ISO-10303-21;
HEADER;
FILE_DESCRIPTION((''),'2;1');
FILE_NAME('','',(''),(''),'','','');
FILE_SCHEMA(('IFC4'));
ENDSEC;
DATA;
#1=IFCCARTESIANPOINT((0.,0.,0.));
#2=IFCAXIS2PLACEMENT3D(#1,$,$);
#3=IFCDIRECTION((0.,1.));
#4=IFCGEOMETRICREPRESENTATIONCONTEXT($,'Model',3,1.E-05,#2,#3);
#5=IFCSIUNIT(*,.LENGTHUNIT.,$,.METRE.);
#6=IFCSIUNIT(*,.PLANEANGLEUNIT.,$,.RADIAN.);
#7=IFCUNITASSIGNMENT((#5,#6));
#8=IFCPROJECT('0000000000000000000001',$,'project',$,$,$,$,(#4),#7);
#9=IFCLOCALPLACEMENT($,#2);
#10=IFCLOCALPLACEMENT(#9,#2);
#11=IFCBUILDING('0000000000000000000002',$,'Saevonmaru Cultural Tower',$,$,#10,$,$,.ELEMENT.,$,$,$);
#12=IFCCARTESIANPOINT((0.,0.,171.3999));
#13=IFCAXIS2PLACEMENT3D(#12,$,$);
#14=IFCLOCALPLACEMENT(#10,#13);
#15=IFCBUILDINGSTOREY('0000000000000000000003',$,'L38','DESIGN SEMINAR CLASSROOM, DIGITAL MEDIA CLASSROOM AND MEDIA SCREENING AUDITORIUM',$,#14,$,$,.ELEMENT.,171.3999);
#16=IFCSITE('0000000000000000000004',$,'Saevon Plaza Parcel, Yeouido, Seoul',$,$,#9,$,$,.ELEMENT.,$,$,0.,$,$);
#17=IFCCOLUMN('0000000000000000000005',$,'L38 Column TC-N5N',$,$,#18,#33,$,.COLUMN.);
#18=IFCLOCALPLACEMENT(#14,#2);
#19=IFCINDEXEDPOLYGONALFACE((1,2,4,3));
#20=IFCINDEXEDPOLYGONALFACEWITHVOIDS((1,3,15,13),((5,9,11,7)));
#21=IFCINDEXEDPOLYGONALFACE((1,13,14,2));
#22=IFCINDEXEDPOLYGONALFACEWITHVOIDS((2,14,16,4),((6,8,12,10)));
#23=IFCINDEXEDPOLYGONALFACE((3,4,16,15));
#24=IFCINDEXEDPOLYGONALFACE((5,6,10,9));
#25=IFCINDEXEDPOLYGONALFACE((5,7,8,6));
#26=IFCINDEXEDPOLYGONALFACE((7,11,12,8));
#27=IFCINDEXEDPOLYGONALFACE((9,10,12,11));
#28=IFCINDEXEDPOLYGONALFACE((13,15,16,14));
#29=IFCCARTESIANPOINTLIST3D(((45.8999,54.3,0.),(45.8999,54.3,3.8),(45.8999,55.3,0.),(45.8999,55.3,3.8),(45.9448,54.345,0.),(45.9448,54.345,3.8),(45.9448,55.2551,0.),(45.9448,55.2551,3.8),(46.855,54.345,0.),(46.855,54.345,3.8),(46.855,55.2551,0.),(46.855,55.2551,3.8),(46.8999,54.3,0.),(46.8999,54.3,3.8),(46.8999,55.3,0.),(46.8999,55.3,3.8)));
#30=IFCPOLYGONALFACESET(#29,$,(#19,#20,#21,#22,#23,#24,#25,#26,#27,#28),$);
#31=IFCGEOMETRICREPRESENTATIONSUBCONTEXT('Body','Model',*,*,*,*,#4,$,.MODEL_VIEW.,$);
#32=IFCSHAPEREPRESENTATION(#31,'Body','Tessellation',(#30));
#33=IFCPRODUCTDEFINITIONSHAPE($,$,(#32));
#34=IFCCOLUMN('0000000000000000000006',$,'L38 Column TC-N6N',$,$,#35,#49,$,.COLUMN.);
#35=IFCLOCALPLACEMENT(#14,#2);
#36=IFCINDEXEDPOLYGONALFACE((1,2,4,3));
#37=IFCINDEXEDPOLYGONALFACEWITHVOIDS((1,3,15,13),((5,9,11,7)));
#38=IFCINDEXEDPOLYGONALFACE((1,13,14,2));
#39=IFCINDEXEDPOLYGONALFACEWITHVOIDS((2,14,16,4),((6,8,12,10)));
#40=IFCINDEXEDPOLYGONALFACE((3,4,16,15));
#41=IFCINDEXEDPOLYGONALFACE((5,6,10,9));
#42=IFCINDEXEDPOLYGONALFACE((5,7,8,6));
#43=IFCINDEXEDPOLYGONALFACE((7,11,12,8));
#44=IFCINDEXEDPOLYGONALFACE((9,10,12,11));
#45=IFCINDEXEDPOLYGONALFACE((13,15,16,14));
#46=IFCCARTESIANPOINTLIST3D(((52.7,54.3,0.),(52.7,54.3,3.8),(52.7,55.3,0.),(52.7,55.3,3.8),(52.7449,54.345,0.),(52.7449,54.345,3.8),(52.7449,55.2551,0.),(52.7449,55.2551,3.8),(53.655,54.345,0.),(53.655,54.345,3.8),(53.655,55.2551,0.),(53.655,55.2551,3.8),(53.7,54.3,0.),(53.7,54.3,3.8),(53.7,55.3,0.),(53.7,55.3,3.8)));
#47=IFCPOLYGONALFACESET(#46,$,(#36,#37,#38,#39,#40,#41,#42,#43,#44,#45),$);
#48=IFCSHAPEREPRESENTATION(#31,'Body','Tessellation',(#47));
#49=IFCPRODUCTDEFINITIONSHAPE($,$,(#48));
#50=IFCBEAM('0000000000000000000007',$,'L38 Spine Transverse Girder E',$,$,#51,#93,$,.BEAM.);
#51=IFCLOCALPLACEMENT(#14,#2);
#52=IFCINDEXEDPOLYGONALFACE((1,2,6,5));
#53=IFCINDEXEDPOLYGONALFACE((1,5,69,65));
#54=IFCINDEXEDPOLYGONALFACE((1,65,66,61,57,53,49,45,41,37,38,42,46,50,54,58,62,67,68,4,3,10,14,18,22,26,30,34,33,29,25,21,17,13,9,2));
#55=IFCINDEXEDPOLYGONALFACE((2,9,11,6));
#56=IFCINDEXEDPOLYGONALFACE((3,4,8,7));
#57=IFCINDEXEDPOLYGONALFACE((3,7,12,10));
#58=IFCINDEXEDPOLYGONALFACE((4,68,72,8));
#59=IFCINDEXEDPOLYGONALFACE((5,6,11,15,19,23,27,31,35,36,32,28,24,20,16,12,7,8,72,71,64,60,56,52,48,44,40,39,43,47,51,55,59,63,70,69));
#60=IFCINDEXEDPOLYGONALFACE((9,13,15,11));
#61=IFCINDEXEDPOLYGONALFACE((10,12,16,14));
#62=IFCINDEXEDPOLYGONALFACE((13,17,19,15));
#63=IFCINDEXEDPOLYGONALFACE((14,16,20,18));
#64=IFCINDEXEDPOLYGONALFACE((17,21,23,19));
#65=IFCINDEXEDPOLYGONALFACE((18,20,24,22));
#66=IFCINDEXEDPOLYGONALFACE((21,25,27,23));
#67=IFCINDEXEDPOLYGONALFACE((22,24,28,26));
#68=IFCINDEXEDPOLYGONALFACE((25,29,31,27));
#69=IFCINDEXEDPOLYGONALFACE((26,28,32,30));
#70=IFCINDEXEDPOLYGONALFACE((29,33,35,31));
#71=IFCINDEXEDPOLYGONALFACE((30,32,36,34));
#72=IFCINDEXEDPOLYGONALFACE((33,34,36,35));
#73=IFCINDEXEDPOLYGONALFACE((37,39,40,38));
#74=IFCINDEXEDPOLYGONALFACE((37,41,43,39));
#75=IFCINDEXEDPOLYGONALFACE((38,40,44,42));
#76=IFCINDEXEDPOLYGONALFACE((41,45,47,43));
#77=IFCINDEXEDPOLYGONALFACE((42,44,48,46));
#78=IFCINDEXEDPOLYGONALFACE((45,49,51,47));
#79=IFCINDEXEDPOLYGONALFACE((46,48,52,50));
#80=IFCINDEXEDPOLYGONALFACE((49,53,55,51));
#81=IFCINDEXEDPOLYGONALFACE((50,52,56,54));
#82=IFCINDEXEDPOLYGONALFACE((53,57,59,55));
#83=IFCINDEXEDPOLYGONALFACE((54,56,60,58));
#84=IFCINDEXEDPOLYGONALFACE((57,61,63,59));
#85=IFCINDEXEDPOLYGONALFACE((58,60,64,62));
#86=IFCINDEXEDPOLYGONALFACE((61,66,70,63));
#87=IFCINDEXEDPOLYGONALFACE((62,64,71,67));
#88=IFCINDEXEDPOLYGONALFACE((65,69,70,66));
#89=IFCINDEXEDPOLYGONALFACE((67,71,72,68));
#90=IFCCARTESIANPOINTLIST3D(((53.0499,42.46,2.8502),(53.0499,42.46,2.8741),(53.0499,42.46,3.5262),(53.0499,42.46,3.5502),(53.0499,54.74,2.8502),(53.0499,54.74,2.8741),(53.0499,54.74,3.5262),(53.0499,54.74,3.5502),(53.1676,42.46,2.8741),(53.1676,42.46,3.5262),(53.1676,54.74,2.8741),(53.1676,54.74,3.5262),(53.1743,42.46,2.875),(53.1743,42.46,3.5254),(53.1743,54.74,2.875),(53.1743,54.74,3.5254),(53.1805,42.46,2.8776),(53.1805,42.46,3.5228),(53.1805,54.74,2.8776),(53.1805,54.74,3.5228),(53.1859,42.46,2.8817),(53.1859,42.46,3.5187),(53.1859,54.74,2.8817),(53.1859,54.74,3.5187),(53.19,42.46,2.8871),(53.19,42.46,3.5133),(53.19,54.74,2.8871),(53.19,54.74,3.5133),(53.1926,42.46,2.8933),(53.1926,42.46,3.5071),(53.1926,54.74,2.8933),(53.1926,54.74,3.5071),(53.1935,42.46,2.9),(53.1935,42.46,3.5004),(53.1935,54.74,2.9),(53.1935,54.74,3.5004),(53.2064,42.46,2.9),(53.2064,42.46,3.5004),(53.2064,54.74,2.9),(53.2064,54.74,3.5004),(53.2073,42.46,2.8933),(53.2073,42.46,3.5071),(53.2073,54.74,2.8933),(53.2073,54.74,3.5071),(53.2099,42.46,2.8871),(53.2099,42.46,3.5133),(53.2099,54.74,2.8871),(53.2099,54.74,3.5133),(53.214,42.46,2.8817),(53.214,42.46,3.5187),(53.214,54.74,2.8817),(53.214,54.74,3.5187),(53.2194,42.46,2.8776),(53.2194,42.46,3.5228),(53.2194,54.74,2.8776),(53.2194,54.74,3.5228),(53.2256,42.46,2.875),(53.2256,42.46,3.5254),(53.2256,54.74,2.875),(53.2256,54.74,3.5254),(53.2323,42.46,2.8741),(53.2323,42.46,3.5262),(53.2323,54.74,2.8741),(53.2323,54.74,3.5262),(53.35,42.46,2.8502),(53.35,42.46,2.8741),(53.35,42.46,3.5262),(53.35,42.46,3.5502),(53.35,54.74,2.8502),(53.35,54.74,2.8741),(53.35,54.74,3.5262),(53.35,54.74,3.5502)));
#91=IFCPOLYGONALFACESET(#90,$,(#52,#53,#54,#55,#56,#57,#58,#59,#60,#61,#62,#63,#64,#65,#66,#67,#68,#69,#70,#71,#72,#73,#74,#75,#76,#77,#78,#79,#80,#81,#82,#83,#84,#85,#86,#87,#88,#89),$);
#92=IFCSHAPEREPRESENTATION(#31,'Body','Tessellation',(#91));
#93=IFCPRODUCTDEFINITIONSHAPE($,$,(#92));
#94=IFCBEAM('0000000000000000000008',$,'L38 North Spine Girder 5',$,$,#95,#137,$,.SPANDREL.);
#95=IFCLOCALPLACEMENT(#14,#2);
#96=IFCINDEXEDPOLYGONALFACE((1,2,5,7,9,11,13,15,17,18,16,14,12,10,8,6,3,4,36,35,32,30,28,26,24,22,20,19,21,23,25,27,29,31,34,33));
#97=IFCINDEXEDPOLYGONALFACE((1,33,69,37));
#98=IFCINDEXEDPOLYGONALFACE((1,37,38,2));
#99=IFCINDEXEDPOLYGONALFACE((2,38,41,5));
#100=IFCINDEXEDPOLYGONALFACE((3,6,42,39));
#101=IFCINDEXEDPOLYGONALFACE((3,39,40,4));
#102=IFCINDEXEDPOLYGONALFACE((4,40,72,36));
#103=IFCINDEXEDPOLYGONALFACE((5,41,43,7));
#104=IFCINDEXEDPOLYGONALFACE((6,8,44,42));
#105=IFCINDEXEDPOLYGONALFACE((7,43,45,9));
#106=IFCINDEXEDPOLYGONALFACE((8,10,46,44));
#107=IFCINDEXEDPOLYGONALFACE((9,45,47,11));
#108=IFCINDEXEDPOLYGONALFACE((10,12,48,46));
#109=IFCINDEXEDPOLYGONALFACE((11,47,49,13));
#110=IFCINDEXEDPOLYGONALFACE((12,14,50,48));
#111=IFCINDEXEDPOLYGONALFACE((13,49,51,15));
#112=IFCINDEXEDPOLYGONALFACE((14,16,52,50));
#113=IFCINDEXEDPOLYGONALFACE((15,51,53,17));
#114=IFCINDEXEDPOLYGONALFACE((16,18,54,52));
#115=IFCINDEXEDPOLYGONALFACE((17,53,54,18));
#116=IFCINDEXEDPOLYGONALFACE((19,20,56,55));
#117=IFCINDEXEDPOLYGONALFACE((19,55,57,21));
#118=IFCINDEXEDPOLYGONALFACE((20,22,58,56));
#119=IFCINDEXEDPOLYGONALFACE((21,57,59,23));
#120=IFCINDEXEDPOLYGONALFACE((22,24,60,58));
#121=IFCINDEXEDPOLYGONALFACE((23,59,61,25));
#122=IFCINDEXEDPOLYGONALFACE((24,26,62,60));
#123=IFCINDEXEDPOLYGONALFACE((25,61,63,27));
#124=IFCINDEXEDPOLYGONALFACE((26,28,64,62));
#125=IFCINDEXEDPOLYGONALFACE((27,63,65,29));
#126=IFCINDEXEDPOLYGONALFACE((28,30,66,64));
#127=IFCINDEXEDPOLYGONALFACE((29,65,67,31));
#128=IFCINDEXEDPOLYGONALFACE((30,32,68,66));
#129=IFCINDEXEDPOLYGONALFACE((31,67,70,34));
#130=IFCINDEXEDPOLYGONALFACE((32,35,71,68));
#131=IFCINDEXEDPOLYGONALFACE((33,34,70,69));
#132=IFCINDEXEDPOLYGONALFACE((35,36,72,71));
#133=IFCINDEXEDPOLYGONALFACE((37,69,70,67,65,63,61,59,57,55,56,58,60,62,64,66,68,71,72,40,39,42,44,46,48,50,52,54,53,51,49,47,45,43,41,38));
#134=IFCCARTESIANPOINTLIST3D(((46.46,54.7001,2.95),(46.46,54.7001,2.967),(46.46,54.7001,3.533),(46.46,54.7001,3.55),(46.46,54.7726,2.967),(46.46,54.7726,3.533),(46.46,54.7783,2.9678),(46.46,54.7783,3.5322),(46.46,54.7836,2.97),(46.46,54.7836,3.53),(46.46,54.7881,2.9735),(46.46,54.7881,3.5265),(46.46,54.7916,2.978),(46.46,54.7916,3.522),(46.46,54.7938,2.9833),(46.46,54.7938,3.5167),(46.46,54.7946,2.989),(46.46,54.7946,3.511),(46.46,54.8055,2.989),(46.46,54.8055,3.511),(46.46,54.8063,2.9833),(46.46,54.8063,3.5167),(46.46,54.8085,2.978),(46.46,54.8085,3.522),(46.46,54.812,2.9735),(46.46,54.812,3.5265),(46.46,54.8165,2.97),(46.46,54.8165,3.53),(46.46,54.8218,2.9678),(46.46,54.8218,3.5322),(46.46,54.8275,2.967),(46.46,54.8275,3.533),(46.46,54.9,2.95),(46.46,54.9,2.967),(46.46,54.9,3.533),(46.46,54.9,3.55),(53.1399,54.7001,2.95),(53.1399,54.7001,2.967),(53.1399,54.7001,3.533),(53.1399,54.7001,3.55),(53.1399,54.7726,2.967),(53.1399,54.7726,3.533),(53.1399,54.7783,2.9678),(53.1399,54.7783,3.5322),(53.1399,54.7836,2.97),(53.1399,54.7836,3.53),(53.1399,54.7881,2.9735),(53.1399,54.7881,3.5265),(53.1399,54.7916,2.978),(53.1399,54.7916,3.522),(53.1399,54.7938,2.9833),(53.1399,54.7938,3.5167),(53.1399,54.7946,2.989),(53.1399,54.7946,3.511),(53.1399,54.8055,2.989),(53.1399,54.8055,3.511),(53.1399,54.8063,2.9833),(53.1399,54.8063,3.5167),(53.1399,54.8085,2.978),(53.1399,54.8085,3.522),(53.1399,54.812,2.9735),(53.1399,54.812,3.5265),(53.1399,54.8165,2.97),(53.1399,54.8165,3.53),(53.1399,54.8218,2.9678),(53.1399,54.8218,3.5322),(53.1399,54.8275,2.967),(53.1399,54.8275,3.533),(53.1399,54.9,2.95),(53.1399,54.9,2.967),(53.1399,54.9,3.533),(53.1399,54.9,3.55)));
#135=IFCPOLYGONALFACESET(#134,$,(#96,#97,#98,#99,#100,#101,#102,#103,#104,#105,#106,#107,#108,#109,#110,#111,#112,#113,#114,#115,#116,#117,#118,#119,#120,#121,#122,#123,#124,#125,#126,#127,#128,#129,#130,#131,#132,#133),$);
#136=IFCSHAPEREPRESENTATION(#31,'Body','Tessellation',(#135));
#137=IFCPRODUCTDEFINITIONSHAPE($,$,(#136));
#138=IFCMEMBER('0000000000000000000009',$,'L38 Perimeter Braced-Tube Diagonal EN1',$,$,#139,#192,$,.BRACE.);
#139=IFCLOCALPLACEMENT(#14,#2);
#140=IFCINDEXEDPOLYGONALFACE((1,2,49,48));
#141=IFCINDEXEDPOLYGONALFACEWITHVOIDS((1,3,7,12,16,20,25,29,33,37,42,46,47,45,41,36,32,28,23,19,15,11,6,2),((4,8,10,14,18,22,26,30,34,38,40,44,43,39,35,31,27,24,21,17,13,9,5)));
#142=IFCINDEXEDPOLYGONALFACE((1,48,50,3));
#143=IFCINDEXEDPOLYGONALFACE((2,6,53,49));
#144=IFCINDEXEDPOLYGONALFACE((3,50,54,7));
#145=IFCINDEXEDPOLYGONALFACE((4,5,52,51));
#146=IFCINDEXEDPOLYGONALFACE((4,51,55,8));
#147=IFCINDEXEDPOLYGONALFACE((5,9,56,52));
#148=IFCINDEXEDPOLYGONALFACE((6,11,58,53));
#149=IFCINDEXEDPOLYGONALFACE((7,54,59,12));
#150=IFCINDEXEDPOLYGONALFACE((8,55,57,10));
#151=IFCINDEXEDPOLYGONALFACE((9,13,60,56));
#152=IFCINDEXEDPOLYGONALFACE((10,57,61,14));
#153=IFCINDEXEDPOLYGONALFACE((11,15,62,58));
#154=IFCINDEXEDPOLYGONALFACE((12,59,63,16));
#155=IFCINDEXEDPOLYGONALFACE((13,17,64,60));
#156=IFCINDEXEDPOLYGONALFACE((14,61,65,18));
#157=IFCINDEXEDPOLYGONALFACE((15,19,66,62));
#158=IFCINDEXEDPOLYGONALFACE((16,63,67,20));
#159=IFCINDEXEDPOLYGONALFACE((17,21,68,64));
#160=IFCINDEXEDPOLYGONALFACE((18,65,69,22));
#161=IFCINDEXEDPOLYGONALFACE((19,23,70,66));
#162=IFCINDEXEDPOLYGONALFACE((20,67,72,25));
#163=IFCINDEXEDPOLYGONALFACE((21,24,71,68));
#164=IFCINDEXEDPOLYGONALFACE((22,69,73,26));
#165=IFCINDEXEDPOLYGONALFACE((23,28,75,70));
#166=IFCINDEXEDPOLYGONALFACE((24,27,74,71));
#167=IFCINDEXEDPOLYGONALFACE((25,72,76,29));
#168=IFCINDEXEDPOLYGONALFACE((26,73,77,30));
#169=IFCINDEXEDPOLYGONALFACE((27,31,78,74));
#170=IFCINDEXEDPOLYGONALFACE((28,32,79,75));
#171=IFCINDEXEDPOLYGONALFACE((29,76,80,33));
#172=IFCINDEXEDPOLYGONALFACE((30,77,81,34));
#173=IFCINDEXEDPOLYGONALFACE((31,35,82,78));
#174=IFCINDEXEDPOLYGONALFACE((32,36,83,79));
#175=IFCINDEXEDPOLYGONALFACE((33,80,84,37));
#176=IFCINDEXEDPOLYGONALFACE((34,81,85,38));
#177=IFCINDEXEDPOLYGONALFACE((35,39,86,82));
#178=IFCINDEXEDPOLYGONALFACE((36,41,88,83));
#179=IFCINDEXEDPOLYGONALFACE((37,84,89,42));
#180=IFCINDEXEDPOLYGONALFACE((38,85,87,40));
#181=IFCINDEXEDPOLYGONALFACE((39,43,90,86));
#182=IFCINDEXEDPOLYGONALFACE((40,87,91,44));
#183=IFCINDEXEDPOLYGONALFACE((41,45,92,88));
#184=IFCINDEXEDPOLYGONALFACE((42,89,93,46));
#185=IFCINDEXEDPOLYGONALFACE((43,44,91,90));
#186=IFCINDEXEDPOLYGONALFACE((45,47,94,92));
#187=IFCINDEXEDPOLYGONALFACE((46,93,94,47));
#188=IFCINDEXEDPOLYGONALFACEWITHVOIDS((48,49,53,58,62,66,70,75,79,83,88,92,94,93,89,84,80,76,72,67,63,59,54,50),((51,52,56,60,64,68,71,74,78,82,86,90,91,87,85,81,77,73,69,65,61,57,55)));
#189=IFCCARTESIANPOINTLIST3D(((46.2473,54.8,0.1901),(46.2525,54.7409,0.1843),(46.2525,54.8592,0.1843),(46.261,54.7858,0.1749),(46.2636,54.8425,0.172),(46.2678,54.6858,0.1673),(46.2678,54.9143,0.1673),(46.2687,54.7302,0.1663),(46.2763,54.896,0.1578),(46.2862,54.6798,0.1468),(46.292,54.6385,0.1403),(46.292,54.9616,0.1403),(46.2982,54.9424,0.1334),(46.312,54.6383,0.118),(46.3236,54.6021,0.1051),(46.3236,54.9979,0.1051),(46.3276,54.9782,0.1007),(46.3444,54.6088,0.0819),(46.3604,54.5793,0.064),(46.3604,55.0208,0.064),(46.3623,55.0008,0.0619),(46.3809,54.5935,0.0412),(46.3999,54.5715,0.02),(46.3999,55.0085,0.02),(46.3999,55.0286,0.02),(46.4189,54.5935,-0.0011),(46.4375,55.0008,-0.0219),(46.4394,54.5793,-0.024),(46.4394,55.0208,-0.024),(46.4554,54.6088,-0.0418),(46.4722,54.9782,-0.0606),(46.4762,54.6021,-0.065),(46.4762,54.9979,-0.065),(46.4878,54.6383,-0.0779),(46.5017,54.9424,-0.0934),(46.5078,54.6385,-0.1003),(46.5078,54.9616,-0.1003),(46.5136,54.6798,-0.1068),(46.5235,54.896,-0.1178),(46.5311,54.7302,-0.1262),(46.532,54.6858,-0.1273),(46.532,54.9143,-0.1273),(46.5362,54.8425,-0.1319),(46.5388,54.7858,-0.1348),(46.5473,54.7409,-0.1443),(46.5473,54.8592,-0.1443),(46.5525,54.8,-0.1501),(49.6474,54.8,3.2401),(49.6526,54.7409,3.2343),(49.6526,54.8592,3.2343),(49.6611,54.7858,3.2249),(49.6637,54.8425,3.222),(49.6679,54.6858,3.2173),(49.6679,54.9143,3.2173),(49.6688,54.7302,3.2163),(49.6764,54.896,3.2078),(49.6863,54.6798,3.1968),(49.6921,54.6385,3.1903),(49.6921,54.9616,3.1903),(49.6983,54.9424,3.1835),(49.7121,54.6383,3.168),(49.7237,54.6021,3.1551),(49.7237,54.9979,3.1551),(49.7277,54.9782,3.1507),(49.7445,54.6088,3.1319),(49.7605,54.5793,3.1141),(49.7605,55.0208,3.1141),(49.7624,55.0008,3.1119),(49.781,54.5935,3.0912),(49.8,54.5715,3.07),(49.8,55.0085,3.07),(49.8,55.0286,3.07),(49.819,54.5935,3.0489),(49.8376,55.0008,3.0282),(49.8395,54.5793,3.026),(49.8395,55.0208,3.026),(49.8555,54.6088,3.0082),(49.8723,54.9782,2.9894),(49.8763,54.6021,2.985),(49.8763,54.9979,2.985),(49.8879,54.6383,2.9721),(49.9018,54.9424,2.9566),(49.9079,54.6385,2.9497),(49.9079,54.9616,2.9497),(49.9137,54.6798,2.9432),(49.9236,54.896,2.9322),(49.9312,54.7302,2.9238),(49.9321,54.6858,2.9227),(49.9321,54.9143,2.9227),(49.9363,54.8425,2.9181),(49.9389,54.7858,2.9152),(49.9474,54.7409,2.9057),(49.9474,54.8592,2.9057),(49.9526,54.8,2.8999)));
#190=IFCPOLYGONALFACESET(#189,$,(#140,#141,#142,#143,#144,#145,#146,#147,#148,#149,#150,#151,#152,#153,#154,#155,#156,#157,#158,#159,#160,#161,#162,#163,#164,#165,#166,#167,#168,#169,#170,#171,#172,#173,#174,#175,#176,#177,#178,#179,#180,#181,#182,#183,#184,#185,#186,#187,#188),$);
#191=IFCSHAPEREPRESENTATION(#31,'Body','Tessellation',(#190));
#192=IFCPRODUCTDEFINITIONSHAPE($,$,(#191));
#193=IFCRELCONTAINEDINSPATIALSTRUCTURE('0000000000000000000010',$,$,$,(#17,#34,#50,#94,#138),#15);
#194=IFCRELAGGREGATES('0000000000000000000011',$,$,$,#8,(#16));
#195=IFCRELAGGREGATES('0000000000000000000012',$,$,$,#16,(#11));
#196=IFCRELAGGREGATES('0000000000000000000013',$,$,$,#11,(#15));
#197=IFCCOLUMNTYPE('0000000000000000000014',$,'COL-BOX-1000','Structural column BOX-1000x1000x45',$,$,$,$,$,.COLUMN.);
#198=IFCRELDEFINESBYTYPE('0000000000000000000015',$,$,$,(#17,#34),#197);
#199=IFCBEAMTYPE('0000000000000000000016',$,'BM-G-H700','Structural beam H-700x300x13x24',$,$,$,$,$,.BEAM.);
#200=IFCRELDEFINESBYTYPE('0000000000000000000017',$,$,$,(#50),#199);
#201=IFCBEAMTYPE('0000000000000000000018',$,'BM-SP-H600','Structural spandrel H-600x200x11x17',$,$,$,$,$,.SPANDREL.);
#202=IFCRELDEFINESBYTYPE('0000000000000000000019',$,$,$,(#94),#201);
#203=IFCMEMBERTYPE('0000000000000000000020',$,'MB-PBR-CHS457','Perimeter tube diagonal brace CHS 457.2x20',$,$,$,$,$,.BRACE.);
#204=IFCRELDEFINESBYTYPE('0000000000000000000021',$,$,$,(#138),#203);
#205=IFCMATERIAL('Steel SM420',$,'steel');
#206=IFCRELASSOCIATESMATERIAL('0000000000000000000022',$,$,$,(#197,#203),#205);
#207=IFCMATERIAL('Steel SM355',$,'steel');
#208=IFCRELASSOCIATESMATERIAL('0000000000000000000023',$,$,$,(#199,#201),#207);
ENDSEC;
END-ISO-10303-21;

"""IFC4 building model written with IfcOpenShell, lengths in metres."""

from ifc_helpers import new_model, si_unit, direction, frame, origin, origin_2d, place, context, subcontext, project, spatial, hollow_rectangle, hollow_circle, i_section, extrude, material, material_profile, profile_set, type_object, element, save


model = new_model("IFC4")

# Units and contexts
model_context = context("Model", 3, precision=1e-05, world=origin(), true_north=direction((0.0, 1.0)))
body_context = subcontext(model_context, "Body", "Model", "MODEL_VIEW")
ifc_project = project(units=[si_unit("LENGTHUNIT", "METRE"), si_unit("PLANEANGLEUNIT", "RADIAN")], contexts=[model_context])

# Site, building, storey
site_placement = place(None, origin())
site = spatial("IfcSite", under=ifc_project, at=site_placement, Name="Saevon Plaza Parcel, Yeouido, Seoul", CompositionType="ELEMENT", RefElevation=0.0)
building_placement = place(site_placement, origin())
building = spatial("IfcBuilding", under=site, at=building_placement, Name="Saevonmaru Cultural Tower", CompositionType="ELEMENT")
storey_placement = place(building_placement, frame((0.0, 0.0, 171.3999)))
storey = spatial("IfcBuildingStorey", under=building, at=storey_placement, Name="L38", Description="DESIGN SEMINAR CLASSROOM, DIGITAL MEDIA CLASSROOM AND MEDIA SCREENING AUDITORIUM", CompositionType="ELEMENT", Elevation=171.3999)

# Columns
ifc_material_1 = material(Name="Steel SM420", Category="steel")
ifc_material_profile_1 = material_profile(ifc_material_1, hollow_rectangle(XDim=1.0, YDim=1.0, WallThickness=0.0449, at=origin_2d()), Name="BOX-1000x1000x45")
ifc_profile_set_1 = profile_set([ifc_material_profile_1], Name="Steel SM420")
column_type = type_object("IfcColumnType", Name="COL-BOX-1000", Description="Structural column BOX-1000x1000x45", PredefinedType="COLUMN", material=ifc_profile_set_1)
for number, where, z_axis, x_axis, name in (
    (1, (46.3999, 54.8, 0.0), (0.0, 0.0, 1.0), (1.0, 0.0, 0.0), "L38 Column TC-N5N"),
    (2, (53.2, 54.8, 0.0), (0.0, 0.0, 1.0), (1.0, 0.0, 0.0), "L38 Column TC-N6N"),
):
    element("IfcColumn", number, at=place(storey_placement, frame(where, z_axis=z_axis, x_axis=x_axis)), inside=storey, type_object=column_type, Name=name, PredefinedType="COLUMN", context=body_context, shape_type="SweptSolid", body=[
        extrude(hollow_rectangle(XDim=1.0, YDim=1.0, WallThickness=0.0449, at=origin_2d()), origin(), (0.0, 0.0, 1.0), 3.8),
    ])

# Beams
ifc_material_2 = material(Name="Steel SM355", Category="steel")
ifc_material_profile_2 = material_profile(ifc_material_2, i_section(OverallWidth=0.3, OverallDepth=0.7, WebThickness=0.0129, FlangeThickness=0.0239, FilletRadius=0.0259, at=origin_2d()), Name="H-700x300x13x24")
ifc_profile_set_2 = profile_set([ifc_material_profile_2], Name="Steel SM355")
beam_type_1 = type_object("IfcBeamType", Name="BM-G-H700", Description="Structural beam H-700x300x13x24", PredefinedType="BEAM", material=ifc_profile_set_2)
beam_1_placement = place(storey_placement, frame((53.2, 54.74, 3.2002), z_axis=(0.0, -1.0, 0.0), x_axis=(1.0, 0.0, 0.0)))
element("IfcBeam", 3, at=beam_1_placement, inside=storey, type_object=beam_type_1, Name="L38 Spine Transverse Girder E", PredefinedType="BEAM", context=body_context, shape_type="SweptSolid", body=[
    extrude(i_section(OverallWidth=0.3, OverallDepth=0.7, WebThickness=0.0129, FlangeThickness=0.0239, FilletRadius=0.0259, at=origin_2d()), origin(), (0.0, 0.0, 1.0), 12.28),
])
ifc_material_profile_3 = material_profile(ifc_material_2, i_section(OverallWidth=0.2, OverallDepth=0.6001, WebThickness=0.011, FlangeThickness=0.0171, FilletRadius=0.022, at=origin_2d()), Name="H-600x200x11x17")
ifc_profile_set_3 = profile_set([ifc_material_profile_3], Name="Steel SM355")
beam_type_2 = type_object("IfcBeamType", Name="BM-SP-H600", Description="Structural spandrel H-600x200x11x17", PredefinedType="SPANDREL", material=ifc_profile_set_3)
beam_2_placement = place(storey_placement, frame((46.46, 54.8, 3.25), z_axis=(1.0, 0.0, 0.0), x_axis=(0.0, 1.0, 0.0)))
element("IfcBeam", 4, at=beam_2_placement, inside=storey, type_object=beam_type_2, Name="L38 North Spine Girder 5", PredefinedType="SPANDREL", context=body_context, shape_type="SweptSolid", body=[
    extrude(i_section(OverallWidth=0.2, OverallDepth=0.6001, WebThickness=0.011, FlangeThickness=0.0171, FilletRadius=0.022, at=origin_2d()), origin(), (0.0, 0.0, 1.0), 6.6799),
])

# Member
ifc_material_profile_4 = material_profile(ifc_material_1, hollow_circle(Radius=0.2285, WallThickness=0.02, at=origin_2d()), Name="CHS-457.2x20")
ifc_profile_set_4 = profile_set([ifc_material_profile_4], Name="Steel SM420")
member_type_1 = type_object("IfcMemberType", Name="MB-PBR-CHS457", Description="Perimeter tube diagonal brace CHS 457.2x20", PredefinedType="BRACE", material=ifc_profile_set_4)
for number, where, z_axis, x_axis, name in (
    (5, (46.3999, 54.8, 0.02), (0.744391, 0.0, 0.667744), (0.0, 1.0, 0.0), "L38 Perimeter Braced-Tube Diagonal EN1"),
):
    element("IfcMember", number, at=place(storey_placement, frame(where, z_axis=z_axis, x_axis=x_axis)), inside=storey, type_object=member_type_1, Name=name, PredefinedType="BRACE", context=body_context, shape_type="SweptSolid", body=[
        extrude(hollow_circle(Radius=0.2285, WallThickness=0.02, at=origin_2d()), origin(), (0.0, 0.0, 1.0), 4.5676),
    ])

save(model, "model.ifc")
